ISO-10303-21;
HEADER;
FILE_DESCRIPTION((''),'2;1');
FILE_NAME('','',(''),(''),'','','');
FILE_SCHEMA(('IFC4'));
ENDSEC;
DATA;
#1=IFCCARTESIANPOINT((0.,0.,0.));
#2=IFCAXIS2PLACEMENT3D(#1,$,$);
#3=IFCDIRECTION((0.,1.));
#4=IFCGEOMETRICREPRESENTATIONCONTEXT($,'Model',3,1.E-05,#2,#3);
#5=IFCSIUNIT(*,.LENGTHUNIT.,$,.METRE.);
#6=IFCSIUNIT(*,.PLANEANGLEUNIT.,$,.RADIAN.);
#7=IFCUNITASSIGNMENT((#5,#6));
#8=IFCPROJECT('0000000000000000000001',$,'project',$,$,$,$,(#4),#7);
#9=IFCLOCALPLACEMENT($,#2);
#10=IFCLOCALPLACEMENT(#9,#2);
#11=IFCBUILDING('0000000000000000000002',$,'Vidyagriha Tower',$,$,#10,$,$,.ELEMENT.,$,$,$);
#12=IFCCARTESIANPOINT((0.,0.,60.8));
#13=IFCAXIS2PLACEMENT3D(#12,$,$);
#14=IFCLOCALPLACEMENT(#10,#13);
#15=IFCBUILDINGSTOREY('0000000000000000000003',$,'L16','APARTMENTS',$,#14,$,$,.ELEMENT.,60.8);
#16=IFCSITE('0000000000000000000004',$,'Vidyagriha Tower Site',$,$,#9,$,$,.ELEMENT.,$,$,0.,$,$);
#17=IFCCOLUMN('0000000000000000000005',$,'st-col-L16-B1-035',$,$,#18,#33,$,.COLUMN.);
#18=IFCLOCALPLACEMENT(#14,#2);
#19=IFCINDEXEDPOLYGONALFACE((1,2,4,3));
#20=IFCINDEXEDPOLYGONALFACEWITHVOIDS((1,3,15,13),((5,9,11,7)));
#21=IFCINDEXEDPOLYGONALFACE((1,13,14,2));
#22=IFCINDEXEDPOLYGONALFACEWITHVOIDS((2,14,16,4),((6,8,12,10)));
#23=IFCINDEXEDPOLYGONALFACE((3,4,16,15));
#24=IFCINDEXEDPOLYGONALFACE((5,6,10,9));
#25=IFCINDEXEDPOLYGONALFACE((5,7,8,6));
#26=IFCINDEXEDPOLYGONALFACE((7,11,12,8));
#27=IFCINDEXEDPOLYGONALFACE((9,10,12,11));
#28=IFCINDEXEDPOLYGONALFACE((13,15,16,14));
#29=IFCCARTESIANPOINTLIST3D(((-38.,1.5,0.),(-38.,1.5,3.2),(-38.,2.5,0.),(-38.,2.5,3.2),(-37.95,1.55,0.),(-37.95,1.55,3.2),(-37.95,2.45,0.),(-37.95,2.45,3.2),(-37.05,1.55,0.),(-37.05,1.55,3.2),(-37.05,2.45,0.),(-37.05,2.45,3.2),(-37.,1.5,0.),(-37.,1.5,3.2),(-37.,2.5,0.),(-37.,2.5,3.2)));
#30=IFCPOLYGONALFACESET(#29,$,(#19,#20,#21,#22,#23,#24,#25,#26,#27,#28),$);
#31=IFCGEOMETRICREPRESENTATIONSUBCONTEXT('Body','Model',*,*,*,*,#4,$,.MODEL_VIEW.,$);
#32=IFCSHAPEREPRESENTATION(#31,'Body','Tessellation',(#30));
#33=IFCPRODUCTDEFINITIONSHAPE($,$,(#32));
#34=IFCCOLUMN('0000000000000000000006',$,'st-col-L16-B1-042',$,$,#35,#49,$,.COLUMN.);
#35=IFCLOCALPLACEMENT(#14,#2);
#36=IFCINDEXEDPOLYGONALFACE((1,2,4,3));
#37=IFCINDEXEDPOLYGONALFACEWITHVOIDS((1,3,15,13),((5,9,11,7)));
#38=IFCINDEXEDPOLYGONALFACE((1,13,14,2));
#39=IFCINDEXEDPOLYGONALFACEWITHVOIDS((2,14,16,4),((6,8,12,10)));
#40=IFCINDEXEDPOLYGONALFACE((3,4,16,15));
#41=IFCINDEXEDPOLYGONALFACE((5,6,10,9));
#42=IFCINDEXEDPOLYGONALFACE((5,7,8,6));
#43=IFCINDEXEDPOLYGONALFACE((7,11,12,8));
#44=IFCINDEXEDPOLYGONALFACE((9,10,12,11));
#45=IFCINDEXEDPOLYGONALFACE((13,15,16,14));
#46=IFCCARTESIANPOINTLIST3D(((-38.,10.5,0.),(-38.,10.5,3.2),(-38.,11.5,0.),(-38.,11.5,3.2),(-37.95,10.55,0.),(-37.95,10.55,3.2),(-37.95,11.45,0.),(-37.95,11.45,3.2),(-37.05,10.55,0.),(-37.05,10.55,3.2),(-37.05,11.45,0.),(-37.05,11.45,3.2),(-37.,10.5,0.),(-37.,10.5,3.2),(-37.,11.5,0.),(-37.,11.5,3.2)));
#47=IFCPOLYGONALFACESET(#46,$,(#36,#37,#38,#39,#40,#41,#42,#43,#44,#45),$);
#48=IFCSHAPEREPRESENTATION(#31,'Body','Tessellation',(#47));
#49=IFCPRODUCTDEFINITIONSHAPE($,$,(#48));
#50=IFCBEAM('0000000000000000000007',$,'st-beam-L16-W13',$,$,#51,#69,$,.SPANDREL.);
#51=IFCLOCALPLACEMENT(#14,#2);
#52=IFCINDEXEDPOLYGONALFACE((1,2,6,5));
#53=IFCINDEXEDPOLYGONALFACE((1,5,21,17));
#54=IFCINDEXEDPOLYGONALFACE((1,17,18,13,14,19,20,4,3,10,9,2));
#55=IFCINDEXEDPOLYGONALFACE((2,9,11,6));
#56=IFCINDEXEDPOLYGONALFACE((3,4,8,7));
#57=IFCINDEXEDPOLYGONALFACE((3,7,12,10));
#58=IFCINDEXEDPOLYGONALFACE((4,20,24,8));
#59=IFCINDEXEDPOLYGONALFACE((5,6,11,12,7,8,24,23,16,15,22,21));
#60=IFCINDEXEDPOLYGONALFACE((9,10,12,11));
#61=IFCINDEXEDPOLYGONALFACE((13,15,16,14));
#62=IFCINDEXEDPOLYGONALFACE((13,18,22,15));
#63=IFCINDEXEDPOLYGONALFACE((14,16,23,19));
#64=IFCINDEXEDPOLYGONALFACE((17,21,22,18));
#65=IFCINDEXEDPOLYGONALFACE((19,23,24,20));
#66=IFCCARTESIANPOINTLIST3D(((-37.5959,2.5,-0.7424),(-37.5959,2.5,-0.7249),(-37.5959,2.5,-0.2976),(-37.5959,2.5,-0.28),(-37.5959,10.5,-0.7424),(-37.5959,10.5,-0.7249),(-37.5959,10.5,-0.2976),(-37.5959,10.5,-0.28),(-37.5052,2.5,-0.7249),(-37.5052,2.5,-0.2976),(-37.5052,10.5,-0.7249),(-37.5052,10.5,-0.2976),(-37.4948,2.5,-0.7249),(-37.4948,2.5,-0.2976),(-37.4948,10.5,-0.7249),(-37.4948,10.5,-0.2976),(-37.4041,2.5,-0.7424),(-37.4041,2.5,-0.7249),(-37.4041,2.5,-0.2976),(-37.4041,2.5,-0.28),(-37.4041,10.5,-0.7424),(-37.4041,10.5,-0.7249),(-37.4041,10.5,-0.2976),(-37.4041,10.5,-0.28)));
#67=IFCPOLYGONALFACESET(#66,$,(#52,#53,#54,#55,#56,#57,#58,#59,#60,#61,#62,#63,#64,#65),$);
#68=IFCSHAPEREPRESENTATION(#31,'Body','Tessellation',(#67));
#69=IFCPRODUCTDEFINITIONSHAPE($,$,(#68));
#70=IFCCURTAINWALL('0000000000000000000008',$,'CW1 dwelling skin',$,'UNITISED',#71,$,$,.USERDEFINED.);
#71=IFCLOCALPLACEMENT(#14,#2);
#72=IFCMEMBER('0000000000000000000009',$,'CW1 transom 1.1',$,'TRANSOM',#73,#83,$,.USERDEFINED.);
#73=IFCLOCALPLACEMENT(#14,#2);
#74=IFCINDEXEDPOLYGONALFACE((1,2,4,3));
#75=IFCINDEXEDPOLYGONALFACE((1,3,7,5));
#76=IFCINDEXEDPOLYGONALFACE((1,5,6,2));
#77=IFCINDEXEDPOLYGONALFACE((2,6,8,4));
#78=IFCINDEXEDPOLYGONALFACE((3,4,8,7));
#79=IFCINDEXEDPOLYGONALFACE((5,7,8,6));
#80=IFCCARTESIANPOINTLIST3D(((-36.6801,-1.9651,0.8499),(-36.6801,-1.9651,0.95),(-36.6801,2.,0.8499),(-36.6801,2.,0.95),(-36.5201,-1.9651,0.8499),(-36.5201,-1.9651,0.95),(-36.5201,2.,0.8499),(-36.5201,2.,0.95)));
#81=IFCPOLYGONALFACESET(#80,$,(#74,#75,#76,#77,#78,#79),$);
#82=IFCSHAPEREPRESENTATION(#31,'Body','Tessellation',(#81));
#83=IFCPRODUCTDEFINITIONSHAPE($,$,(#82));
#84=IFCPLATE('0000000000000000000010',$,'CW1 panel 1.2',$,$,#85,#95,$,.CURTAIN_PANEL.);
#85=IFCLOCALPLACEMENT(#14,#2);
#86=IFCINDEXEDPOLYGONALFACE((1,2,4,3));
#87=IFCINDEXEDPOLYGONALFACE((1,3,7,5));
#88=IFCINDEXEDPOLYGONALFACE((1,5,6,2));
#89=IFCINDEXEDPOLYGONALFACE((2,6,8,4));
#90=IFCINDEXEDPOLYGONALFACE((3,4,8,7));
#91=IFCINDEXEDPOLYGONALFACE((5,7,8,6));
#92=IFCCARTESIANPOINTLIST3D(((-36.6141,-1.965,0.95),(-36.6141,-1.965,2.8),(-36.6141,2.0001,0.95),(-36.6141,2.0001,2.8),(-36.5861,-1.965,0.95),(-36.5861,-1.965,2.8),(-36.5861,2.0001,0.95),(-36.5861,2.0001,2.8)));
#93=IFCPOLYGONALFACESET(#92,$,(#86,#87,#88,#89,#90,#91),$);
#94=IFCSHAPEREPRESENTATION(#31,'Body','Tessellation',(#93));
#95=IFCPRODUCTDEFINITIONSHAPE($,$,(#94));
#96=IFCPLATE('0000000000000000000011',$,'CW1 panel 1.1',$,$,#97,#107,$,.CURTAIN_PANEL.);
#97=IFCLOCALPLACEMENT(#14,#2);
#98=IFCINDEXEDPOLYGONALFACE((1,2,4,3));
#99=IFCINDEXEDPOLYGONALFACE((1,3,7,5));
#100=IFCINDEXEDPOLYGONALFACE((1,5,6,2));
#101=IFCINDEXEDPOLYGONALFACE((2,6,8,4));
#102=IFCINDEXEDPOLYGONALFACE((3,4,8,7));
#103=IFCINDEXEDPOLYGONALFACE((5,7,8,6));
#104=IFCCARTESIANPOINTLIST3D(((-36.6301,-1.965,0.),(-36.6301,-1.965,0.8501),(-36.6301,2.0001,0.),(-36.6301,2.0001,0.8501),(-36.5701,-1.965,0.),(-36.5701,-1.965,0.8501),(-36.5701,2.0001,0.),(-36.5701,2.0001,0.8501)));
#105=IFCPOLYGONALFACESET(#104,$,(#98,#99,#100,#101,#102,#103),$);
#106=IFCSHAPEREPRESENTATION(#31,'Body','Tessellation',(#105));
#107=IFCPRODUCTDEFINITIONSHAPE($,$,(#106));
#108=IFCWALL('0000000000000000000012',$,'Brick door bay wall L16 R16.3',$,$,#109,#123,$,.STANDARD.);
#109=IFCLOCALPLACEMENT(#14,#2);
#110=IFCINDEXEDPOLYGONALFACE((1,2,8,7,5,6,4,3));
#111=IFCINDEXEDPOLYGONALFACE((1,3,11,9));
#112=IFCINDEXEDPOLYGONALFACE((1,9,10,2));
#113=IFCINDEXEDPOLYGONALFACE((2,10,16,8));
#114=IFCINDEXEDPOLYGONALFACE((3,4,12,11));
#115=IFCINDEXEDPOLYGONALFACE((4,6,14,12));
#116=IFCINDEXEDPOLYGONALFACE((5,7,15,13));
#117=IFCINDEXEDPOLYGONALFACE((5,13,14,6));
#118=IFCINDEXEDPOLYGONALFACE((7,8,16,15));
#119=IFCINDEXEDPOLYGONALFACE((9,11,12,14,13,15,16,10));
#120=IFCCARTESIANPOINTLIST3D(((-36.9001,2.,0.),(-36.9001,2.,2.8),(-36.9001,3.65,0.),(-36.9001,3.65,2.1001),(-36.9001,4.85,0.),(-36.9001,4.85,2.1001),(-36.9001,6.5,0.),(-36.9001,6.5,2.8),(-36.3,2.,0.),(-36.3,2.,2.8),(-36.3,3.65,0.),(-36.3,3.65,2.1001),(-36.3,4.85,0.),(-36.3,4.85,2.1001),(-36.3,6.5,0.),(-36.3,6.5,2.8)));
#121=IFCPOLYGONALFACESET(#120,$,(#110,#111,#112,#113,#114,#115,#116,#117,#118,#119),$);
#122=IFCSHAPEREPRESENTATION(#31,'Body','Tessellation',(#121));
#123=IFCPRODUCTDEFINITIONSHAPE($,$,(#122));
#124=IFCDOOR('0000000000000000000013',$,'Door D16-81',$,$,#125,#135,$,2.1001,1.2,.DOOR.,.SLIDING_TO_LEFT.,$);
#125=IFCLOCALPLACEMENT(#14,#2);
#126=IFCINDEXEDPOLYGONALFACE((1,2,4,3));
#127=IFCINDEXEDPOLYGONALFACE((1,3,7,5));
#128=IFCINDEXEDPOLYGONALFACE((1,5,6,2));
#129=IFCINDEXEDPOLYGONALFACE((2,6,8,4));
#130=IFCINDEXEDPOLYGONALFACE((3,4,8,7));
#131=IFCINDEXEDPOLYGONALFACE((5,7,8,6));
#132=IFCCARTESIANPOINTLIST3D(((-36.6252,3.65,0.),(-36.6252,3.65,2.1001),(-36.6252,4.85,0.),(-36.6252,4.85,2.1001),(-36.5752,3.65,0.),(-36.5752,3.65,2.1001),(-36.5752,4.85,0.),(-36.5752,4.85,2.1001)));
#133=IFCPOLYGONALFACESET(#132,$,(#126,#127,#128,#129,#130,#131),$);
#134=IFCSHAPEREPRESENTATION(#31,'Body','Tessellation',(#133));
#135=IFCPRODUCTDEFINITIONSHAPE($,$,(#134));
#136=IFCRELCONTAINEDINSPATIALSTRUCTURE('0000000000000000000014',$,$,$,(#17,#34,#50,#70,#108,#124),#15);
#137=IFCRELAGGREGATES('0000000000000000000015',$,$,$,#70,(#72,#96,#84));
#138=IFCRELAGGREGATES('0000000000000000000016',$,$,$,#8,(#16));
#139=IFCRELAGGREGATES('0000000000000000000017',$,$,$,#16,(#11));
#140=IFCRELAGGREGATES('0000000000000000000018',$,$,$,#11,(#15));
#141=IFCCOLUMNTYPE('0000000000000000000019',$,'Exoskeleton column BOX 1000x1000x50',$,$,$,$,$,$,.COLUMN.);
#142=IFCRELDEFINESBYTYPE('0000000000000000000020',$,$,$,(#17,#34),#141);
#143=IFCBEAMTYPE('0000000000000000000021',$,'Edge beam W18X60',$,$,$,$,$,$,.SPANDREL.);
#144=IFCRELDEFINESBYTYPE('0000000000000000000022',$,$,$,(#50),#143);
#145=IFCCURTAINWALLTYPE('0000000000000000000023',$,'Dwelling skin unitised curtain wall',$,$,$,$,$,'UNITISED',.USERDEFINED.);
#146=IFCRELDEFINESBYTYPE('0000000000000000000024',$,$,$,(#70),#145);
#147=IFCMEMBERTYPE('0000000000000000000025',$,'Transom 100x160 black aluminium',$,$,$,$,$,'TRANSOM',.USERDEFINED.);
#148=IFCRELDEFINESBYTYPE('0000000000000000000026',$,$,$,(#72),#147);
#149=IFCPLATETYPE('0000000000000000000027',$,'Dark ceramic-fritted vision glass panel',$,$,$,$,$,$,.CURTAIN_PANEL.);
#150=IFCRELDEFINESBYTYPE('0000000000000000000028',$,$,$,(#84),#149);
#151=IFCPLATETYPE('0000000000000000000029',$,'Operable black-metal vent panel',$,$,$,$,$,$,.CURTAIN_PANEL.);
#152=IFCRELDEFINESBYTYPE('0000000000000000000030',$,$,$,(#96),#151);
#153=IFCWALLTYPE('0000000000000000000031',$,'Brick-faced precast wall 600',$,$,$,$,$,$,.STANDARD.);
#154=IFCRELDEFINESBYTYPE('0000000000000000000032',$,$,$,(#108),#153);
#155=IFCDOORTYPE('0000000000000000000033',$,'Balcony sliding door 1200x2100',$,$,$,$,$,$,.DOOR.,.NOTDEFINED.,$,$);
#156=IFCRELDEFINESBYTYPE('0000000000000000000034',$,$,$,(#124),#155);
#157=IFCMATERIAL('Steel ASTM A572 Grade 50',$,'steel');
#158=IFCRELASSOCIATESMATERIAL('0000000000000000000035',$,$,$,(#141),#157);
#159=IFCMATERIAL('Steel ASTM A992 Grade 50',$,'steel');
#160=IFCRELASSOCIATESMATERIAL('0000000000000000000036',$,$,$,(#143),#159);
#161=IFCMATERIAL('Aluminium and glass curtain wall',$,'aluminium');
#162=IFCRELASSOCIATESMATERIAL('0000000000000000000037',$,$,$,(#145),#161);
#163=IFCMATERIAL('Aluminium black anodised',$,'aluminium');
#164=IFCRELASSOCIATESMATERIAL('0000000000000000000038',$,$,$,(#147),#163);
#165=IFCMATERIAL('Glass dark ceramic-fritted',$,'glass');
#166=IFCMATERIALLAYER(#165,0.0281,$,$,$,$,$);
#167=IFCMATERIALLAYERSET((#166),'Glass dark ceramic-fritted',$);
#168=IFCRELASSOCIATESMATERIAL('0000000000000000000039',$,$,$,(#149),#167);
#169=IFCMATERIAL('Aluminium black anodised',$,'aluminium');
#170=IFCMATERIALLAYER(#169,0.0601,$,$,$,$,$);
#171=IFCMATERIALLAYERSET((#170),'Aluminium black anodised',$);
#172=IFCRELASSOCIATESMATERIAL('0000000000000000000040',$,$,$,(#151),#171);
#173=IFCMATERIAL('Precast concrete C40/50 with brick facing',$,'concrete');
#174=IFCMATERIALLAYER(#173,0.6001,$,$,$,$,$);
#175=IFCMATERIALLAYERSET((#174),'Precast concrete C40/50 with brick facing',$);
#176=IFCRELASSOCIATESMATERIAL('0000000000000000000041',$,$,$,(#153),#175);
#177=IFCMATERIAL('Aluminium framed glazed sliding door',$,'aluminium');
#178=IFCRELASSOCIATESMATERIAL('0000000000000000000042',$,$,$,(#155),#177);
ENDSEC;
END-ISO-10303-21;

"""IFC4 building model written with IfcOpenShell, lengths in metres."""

from ifc_helpers import new_model, si_unit, direction, frame, frame_2d, origin, origin_2d, place, context, subcontext, project, spatial, rectangle, hollow_rectangle, i_section, extrude, material, layer, layer_set, material_profile, profile_set, type_object, element, fill, aggregate, save


model = new_model("IFC4")

# Units and contexts
model_context = context("Model", 3, precision=1e-05, world=origin(), true_north=direction((0.0, 1.0)))
body_context = subcontext(model_context, "Body", "Model", "MODEL_VIEW")
ifc_project = project(units=[si_unit("LENGTHUNIT", "METRE"), si_unit("PLANEANGLEUNIT", "RADIAN")], contexts=[model_context])

# Site, building, storey
site_placement = place(None, origin())
site = spatial("IfcSite", under=ifc_project, at=site_placement, Name="Vidyagriha Tower Site", CompositionType="ELEMENT", RefElevation=0.0)
building_placement = place(site_placement, origin())
building = spatial("IfcBuilding", under=site, at=building_placement, Name="Vidyagriha Tower", CompositionType="ELEMENT")
storey_placement = place(building_placement, frame((0.0, 0.0, 60.8)))
storey = spatial("IfcBuildingStorey", under=building, at=storey_placement, Name="L16", Description="APARTMENTS", CompositionType="ELEMENT", Elevation=60.8)

# Columns
ifc_material_1 = material(Name="Steel ASTM A572 Grade 50", Category="steel")
ifc_material_profile_1 = material_profile(ifc_material_1, hollow_rectangle(XDim=1.0, YDim=1.0, WallThickness=0.05, at=origin_2d()), Name="BOX 1000x1000x50")
ifc_profile_set_1 = profile_set([ifc_material_profile_1], Name="Steel ASTM A572 Grade 50")
column_type = type_object("IfcColumnType", Name="Exoskeleton column BOX 1000x1000x50", PredefinedType="COLUMN", material=ifc_profile_set_1)
for number, where, name in (
    (1, (-37.5, 2.0, 0.0), "st-col-L16-B1-035"),
    (2, (-37.5, 11.0, 0.0), "st-col-L16-B1-042"),
):
    element("IfcColumn", number, at=place(storey_placement, frame(where)), inside=storey, type_object=column_type, Name=name, PredefinedType="COLUMN", context=body_context, shape_type="SweptSolid", body=[
        extrude(hollow_rectangle(XDim=1.0, YDim=1.0, WallThickness=0.05, at=origin_2d()), origin(), (0.0, 0.0, 1.0), 3.2),
    ])

# Beam
ifc_material_2 = material(Name="Steel ASTM A992 Grade 50", Category="steel")
ifc_material_profile_2 = material_profile(ifc_material_2, i_section(OverallWidth=0.1919, OverallDepth=0.4624, WebThickness=0.0105, FlangeThickness=0.0176, at=origin_2d()), Name="W18X60")
ifc_profile_set_2 = profile_set([ifc_material_profile_2], Name="Steel ASTM A992 Grade 50")
beam_type = type_object("IfcBeamType", Name="Edge beam W18X60", PredefinedType="SPANDREL", material=ifc_profile_set_2)
beam_placement = place(storey_placement, frame((-37.5, 2.5, -0.5112), z_axis=(0.0, 1.0, 0.0), x_axis=(-1.0, 0.0, 0.0)))
element("IfcBeam", 3, at=beam_placement, inside=storey, type_object=beam_type, Name="st-beam-L16-W13", PredefinedType="SPANDREL", context=body_context, shape_type="SweptSolid", body=[
    extrude(i_section(OverallWidth=0.1919, OverallDepth=0.4624, WebThickness=0.0105, FlangeThickness=0.0176, at=origin_2d()), origin(), (0.0, 0.0, 1.0), 8.0),
])

# Curtain wall, member, plates
ifc_material_3 = material(Name="Aluminium and glass curtain wall", Category="aluminium")
curtain_wall_type = type_object("IfcCurtainWallType", Name="Dwelling skin unitised curtain wall", ElementType="UNITISED", PredefinedType="USERDEFINED", material=ifc_material_3)
curtain_wall_placement = place(storey_placement, origin())
curtain_wall = element("IfcCurtainWall", 4, at=curtain_wall_placement, inside=storey, type_object=curtain_wall_type, Name="CW1 dwelling skin", ObjectType="UNITISED", PredefinedType="USERDEFINED")
ifc_material_4 = material(Name="Aluminium black anodised", Category="aluminium")
ifc_material_profile_3 = material_profile(ifc_material_4, rectangle(XDim=0.1599, YDim=0.1001, at=origin_2d()), Name="Transom 100x160 black aluminium")
ifc_profile_set_3 = profile_set([ifc_material_profile_3], Name="Aluminium black anodised")
member_type = type_object("IfcMemberType", Name="Transom 100x160 black aluminium", ElementType="TRANSOM", PredefinedType="USERDEFINED", material=ifc_profile_set_3)
member_placement = place(storey_placement, frame((-36.6001, 2.0, 0.8999), z_axis=(0.0, -1.0, 0.0), x_axis=(1.0, 0.0, 0.0)))
member = element("IfcMember", 5, at=member_placement, type_object=member_type, Name="CW1 transom 1.1", ObjectType="TRANSOM", PredefinedType="USERDEFINED", context=body_context, shape_type="SweptSolid", body=[
    extrude(rectangle(XDim=0.1599, YDim=0.1001, at=origin_2d()), origin(), (0.0, 0.0, 1.0), 3.9651),
])
ifc_material_5 = material(Name="Glass dark ceramic-fritted", Category="glass")
ifc_layer_1 = layer(ifc_material_5, 0.0281)
ifc_layer_set_1 = layer_set([ifc_layer_1], Name="Glass dark ceramic-fritted")
plate_type_1 = type_object("IfcPlateType", Name="Dark ceramic-fritted vision glass panel", PredefinedType="CURTAIN_PANEL", material=ifc_layer_set_1)
plate_1_placement = place(storey_placement, frame((-36.6001, 0.0176, 0.95), z_axis=(0.0, 0.0, 1.0), x_axis=(0.0, -1.0, 0.0)))
plate_1 = element("IfcPlate", 6, at=plate_1_placement, type_object=plate_type_1, Name="CW1 panel 1.2", PredefinedType="CURTAIN_PANEL", context=body_context, shape_type="SweptSolid", body=[
    extrude(rectangle(XDim=3.9651, YDim=0.0281, at=origin_2d()), origin(), (0.0, 0.0, 1.0), 1.8501),
])
ifc_material_6 = material(Name="Aluminium black anodised", Category="aluminium")
ifc_layer_2 = layer(ifc_material_6, 0.0601)
ifc_layer_set_2 = layer_set([ifc_layer_2], Name="Aluminium black anodised")
plate_type_2 = type_object("IfcPlateType", Name="Operable black-metal vent panel", PredefinedType="CURTAIN_PANEL", material=ifc_layer_set_2)
plate_2_placement = place(storey_placement, frame((-36.6001, 0.0176, 0.0), z_axis=(0.0, 0.0, 1.0), x_axis=(0.0, -1.0, 0.0)))
plate_2 = element("IfcPlate", 7, at=plate_2_placement, type_object=plate_type_2, Name="CW1 panel 1.1", PredefinedType="CURTAIN_PANEL", context=body_context, shape_type="SweptSolid", body=[
    extrude(rectangle(XDim=3.9651, YDim=0.0601, at=origin_2d()), origin(), (0.0, 0.0, 1.0), 0.8501),
])
aggregate(curtain_wall, [member, plate_2, plate_1])

# Wall, opening, door
ifc_material_7 = material(Name="Precast concrete C40/50 with brick facing", Category="concrete")
ifc_layer_3 = layer(ifc_material_7, 0.6001)
ifc_layer_set_3 = layer_set([ifc_layer_3], Name="Precast concrete C40/50 with brick facing")
wall_type = type_object("IfcWallType", Name="Brick-faced precast wall 600", PredefinedType="STANDARD", material=ifc_layer_set_3)
wall_placement = place(storey_placement, frame((-36.6001, 6.5, 0.0), z_axis=(0.0, 0.0, 1.0), x_axis=(0.0, -1.0, 0.0)))
wall = element("IfcWall", 8, at=wall_placement, inside=storey, type_object=wall_type, Name="Brick door bay wall L16 R16.3", PredefinedType="STANDARD", context=body_context, shape_type="SweptSolid", body=[
    extrude(rectangle(XDim=4.5, YDim=0.6001, at=frame_2d((2.25, 0.0))), origin(), (0.0, 0.0, 1.0), 2.8),
])
opening_placement = place(wall_placement, frame((1.6499, 0.0, 0.0)))
opening = element("IfcOpeningElement", 9, at=opening_placement, cuts=wall, PredefinedType="OPENING", context=body_context, shape_type="SweptSolid", body=[
    extrude(rectangle(XDim=1.2, YDim=2.1001, at=frame_2d((0.6001, 1.05))), frame((0.0, 0.3101, 0.0), z_axis=(0.0, -1.0, 0.0), x_axis=(1.0, 0.0, 0.0)), (0.0, 0.0, 1.0), 0.6201),
])
ifc_material_8 = material(Name="Aluminium framed glazed sliding door", Category="aluminium")
door_type = type_object("IfcDoorType", Name="Balcony sliding door 1200x2100", OperationType="NOTDEFINED", PredefinedType="DOOR", material=ifc_material_8)
door_placement = place(opening_placement, origin())
door = element("IfcDoor", 10, at=door_placement, inside=storey, type_object=door_type, Name="Door D16-81", OperationType="SLIDING_TO_LEFT", OverallHeight=2.1001, OverallWidth=1.2, PredefinedType="DOOR", context=body_context, shape_type="SweptSolid", body=[
    extrude(rectangle(XDim=1.2, YDim=2.1001, at=frame_2d((0.6001, 1.05))), frame((0.0, 0.0249, 0.0), z_axis=(0.0, -1.0, 0.0), x_axis=(1.0, 0.0, 0.0)), (0.0, 0.0, 1.0), 0.05),
])
fill(opening, door)

save(model, "model.ifc")
